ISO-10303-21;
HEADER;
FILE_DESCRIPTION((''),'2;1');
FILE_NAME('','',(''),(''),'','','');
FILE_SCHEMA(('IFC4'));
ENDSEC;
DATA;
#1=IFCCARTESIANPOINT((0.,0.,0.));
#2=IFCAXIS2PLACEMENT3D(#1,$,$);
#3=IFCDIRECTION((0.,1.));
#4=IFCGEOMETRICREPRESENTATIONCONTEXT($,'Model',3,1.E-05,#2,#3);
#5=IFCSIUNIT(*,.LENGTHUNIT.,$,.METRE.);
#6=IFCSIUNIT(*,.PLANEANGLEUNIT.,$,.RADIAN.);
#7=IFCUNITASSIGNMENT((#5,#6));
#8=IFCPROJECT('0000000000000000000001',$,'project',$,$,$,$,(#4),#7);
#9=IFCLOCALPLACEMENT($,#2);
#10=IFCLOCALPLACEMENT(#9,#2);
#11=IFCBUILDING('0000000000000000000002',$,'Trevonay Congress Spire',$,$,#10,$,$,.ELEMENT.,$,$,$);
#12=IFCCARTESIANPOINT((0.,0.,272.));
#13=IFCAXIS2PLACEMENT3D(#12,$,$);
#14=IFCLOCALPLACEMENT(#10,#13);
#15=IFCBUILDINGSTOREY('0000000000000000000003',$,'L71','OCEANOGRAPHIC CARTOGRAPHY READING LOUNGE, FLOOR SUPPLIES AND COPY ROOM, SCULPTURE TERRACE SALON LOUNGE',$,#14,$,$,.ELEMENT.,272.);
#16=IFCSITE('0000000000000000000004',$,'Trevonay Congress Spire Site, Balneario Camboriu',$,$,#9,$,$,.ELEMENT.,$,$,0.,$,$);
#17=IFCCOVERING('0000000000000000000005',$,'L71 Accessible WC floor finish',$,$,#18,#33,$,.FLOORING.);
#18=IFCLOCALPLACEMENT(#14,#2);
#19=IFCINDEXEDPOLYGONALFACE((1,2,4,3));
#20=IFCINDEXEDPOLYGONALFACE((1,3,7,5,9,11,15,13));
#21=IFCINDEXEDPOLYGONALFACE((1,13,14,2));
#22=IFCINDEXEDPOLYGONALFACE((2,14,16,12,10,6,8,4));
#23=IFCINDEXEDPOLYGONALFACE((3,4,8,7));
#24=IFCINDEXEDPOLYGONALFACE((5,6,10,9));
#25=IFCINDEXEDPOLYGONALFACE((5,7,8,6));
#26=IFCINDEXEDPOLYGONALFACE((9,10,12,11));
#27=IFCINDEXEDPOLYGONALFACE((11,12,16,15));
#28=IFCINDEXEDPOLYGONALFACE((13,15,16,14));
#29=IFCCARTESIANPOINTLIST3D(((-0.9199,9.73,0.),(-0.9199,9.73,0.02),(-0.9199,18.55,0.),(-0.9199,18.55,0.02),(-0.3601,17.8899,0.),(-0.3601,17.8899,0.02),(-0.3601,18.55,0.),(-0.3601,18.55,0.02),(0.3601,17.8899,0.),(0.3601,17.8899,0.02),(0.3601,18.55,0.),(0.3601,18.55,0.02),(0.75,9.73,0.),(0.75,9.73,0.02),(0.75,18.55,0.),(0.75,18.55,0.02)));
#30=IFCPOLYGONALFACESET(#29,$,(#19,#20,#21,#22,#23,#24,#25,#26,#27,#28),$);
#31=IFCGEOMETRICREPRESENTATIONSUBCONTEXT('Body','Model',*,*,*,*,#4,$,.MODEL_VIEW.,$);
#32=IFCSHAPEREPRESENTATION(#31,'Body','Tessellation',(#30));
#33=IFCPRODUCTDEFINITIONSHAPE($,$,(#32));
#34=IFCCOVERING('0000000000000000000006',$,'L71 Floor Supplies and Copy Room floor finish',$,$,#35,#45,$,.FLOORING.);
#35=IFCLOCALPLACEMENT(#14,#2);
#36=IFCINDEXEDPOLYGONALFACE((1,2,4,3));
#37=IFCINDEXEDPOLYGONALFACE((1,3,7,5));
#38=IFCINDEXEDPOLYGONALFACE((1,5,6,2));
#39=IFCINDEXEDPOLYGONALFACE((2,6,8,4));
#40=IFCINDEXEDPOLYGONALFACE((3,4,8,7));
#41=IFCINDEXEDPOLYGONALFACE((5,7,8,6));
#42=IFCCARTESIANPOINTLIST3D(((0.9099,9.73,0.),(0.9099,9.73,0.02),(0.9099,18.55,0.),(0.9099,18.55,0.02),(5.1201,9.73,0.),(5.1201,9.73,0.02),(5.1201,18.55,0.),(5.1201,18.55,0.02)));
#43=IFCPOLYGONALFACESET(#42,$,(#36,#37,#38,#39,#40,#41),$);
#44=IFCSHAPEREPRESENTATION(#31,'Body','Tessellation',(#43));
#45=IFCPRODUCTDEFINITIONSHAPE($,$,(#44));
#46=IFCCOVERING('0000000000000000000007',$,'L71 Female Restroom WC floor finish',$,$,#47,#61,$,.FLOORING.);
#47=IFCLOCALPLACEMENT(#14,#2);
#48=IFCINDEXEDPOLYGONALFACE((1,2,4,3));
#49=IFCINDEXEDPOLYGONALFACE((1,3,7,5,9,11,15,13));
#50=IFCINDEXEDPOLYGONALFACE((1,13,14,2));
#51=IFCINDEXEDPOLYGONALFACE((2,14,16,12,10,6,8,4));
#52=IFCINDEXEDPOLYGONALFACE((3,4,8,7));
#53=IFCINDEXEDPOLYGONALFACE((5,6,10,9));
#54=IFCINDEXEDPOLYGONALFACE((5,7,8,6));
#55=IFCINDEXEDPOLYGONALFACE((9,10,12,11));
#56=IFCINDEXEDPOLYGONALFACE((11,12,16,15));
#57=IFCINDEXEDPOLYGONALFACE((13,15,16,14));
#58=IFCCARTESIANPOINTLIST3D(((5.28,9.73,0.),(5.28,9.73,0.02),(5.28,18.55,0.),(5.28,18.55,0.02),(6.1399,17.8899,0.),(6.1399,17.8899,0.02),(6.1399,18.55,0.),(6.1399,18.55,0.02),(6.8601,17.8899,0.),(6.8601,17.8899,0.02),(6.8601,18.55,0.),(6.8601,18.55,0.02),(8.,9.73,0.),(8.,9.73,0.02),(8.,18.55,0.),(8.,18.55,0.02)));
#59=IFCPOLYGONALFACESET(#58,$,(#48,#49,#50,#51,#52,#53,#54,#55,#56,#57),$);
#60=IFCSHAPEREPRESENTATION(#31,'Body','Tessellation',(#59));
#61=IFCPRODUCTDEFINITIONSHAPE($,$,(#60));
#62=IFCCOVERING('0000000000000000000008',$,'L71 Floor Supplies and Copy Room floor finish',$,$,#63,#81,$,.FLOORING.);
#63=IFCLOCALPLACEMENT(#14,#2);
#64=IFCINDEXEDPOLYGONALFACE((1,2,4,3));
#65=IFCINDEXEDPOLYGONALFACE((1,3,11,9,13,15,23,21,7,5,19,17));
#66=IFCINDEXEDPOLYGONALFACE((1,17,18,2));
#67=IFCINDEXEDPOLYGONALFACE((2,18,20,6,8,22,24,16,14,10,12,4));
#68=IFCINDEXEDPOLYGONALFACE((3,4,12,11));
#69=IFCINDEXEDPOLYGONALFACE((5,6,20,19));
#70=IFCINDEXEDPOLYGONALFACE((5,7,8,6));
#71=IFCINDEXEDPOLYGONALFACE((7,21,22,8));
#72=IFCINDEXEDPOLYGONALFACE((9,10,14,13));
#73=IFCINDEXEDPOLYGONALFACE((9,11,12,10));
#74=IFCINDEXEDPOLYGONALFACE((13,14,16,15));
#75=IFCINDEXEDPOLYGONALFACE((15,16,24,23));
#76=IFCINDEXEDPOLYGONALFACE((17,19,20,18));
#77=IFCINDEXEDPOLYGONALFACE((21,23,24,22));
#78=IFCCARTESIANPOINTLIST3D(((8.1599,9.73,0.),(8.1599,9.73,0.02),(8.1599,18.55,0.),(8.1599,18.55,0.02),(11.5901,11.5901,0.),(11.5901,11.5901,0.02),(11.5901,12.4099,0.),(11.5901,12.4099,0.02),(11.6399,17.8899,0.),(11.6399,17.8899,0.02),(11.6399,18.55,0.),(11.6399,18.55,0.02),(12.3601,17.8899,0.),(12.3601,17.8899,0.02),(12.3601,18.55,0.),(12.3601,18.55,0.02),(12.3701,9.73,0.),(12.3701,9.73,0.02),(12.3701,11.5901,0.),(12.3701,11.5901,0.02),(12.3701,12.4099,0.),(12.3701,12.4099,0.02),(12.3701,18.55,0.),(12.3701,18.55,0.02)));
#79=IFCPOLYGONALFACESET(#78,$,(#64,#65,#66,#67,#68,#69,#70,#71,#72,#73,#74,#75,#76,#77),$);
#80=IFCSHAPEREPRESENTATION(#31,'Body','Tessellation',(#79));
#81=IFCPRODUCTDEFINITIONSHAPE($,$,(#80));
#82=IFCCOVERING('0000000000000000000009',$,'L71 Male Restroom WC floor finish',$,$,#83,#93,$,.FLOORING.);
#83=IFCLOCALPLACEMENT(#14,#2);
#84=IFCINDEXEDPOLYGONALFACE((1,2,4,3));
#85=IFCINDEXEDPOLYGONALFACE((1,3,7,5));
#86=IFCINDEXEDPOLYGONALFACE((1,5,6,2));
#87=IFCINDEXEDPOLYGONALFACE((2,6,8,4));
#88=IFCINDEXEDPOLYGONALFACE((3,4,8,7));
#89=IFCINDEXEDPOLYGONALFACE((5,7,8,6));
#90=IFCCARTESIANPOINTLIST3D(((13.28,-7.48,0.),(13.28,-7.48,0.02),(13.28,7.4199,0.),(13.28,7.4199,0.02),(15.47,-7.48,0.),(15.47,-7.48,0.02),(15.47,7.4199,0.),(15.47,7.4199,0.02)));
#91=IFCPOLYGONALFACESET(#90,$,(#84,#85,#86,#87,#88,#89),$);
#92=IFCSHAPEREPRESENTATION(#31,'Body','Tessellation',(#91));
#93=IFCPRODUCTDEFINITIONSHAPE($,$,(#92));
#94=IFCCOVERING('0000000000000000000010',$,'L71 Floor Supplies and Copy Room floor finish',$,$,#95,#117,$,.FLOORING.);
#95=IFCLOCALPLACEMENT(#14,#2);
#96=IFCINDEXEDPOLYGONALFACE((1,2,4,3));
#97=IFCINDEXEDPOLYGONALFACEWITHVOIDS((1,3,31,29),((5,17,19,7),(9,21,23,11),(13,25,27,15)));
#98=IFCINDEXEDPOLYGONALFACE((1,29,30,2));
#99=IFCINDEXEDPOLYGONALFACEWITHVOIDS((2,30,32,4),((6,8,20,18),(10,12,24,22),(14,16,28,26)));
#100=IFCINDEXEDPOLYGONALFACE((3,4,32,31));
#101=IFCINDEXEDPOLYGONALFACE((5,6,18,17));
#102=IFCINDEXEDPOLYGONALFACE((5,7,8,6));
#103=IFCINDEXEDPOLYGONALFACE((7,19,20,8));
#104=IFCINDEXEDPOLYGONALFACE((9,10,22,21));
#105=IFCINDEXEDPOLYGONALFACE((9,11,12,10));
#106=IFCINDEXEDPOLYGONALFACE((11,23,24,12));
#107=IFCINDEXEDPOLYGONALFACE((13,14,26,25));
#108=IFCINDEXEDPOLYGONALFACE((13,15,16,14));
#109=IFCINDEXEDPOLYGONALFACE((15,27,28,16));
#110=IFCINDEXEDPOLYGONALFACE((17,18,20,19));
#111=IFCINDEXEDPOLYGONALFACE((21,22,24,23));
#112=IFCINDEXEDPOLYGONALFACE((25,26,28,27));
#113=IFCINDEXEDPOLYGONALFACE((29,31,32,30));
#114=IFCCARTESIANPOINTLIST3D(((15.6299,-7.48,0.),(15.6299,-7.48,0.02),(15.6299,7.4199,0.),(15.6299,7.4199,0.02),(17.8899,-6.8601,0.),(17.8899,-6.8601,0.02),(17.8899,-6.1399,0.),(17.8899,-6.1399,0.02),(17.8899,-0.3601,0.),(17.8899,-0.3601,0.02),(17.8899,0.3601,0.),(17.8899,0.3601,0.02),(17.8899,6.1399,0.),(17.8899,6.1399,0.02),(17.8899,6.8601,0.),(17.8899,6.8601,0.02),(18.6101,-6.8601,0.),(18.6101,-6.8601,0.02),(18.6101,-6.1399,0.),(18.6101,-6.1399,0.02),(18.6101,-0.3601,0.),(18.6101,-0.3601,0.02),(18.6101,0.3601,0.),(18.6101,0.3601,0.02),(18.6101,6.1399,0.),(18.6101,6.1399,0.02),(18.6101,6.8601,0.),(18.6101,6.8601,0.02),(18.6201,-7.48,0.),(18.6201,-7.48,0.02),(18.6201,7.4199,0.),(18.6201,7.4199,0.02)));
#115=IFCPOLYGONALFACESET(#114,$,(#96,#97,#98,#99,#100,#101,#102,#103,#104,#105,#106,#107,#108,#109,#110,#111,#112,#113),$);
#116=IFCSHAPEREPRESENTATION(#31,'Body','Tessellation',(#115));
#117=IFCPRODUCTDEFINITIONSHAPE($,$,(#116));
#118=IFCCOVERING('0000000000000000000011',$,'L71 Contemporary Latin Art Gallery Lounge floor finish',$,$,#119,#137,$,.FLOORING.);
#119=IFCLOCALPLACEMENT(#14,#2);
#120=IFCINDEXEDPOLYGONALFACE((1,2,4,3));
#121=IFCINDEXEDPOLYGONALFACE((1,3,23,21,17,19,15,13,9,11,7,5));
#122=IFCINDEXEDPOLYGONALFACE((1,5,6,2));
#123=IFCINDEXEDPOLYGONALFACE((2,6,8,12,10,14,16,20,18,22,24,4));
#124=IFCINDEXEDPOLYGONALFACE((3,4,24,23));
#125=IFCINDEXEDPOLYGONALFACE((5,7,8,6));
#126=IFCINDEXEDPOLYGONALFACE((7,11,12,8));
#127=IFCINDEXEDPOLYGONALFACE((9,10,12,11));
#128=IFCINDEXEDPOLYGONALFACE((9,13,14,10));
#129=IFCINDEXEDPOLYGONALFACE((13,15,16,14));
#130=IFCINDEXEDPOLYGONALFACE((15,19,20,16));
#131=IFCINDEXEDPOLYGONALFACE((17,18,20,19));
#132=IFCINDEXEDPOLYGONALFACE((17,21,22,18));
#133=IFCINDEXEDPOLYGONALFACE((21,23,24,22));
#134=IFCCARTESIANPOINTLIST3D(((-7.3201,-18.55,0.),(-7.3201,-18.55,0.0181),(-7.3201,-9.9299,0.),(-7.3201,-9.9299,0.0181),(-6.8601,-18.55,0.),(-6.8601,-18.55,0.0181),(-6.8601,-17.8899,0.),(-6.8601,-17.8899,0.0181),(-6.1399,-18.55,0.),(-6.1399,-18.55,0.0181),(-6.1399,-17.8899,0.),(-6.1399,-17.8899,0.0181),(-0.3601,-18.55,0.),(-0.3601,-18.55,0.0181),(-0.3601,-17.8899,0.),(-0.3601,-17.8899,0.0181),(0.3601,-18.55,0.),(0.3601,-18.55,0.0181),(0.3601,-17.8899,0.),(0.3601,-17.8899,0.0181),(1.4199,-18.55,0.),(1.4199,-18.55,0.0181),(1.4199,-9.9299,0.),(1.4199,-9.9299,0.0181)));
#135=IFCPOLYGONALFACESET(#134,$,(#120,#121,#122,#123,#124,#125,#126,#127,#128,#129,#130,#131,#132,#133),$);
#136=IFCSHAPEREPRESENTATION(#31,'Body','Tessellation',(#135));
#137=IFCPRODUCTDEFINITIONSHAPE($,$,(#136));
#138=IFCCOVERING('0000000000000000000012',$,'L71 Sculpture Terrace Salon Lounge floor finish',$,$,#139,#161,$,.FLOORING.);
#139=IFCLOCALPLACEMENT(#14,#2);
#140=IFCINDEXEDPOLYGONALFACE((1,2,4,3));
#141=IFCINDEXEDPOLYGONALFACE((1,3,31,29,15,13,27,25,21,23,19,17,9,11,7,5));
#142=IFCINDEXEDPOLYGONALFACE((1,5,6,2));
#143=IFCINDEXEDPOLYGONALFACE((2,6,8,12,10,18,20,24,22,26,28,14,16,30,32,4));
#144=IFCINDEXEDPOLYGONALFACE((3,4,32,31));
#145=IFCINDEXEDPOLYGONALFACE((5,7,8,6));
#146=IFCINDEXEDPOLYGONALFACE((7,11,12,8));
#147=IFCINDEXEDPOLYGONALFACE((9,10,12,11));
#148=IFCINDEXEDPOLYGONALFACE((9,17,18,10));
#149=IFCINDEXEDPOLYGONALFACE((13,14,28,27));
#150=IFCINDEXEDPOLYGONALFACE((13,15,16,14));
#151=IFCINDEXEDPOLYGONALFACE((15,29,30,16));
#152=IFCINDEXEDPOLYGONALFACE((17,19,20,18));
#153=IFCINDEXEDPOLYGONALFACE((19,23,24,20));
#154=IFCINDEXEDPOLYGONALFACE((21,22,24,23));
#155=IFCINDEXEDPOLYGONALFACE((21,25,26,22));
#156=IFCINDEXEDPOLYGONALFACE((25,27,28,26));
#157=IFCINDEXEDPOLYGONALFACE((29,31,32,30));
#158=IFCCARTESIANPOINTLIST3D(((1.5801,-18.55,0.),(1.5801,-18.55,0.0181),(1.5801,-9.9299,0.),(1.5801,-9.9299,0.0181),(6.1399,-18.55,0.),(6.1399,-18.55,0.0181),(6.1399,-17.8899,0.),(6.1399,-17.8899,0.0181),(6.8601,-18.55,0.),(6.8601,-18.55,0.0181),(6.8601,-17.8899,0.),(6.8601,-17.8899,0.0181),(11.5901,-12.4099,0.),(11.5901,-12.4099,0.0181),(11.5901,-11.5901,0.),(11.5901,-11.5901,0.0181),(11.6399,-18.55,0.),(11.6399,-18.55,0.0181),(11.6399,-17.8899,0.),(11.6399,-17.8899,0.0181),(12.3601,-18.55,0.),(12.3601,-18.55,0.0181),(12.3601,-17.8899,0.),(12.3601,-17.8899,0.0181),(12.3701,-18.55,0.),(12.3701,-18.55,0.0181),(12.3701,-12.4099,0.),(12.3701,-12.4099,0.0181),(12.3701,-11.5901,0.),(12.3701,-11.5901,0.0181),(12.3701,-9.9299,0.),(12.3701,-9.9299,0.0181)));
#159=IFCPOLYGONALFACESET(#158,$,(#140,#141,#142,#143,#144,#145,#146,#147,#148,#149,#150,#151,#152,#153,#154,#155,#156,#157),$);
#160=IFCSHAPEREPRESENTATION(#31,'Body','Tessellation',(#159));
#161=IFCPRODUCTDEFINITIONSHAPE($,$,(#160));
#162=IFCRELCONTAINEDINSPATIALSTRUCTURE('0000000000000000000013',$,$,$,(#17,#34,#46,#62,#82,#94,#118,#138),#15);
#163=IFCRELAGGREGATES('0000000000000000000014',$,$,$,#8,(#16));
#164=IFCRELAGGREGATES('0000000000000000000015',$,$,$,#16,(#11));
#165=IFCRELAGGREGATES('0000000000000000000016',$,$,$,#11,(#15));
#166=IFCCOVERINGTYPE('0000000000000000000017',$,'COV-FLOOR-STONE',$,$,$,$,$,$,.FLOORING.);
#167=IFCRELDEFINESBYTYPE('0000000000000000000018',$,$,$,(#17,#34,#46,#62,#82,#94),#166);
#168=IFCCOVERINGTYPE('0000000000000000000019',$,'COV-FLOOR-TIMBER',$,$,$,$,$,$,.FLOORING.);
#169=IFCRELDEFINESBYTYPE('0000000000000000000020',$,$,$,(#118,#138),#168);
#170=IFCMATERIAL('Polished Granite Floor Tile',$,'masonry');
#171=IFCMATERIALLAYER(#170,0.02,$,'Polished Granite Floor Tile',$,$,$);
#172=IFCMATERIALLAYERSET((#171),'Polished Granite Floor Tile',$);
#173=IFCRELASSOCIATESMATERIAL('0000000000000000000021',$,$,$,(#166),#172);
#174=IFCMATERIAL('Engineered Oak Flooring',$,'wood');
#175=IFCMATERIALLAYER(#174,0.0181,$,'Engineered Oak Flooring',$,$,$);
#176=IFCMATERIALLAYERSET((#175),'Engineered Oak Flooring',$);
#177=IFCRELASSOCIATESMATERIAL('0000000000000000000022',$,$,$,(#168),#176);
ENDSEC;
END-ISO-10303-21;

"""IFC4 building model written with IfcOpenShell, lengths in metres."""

from ifc_helpers import new_model, si_unit, direction, frame, origin, place, context, subcontext, project, spatial, polyline, outline, extrude, material, layer, layer_set, type_object, element, save


model = new_model("IFC4")

# Units and contexts
model_context = context("Model", 3, precision=1e-05, world=origin(), true_north=direction((0.0, 1.0)))
body_context = subcontext(model_context, "Body", "Model", "MODEL_VIEW")
ifc_project = project(units=[si_unit("LENGTHUNIT", "METRE"), si_unit("PLANEANGLEUNIT", "RADIAN")], contexts=[model_context])

# Site, building, storey
site_placement = place(None, origin())
site = spatial("IfcSite", under=ifc_project, at=site_placement, Name="Trevonay Congress Spire Site, Balneario Camboriu", CompositionType="ELEMENT", RefElevation=0.0)
building_placement = place(site_placement, origin())
building = spatial("IfcBuilding", under=site, at=building_placement, Name="Trevonay Congress Spire", CompositionType="ELEMENT")
storey_placement = place(building_placement, frame((0.0, 0.0, 272.0)))
storey = spatial("IfcBuildingStorey", under=building, at=storey_placement, Name="L71", Description="OCEANOGRAPHIC CARTOGRAPHY READING LOUNGE, FLOOR SUPPLIES AND COPY ROOM, SCULPTURE TERRACE SALON LOUNGE", CompositionType="ELEMENT", Elevation=272.0)

# Coverings
ifc_material_1 = material(Name="Polished Granite Floor Tile", Category="masonry")
ifc_layer_1 = layer(ifc_material_1, 0.02, Name="Polished Granite Floor Tile")
ifc_layer_set_1 = layer_set([ifc_layer_1], Name="Polished Granite Floor Tile")
covering_type_1 = type_object("IfcCoveringType", Name="COV-FLOOR-STONE", PredefinedType="FLOORING", material=ifc_layer_set_1)
covering_1_placement = place(storey_placement, origin())
element("IfcCovering", 1, at=covering_1_placement, inside=storey, type_object=covering_type_1, Name="L71 Accessible WC floor finish", PredefinedType="FLOORING", context=body_context, shape_type="SweptSolid", body=[
    extrude(outline(polyline([(0.75, 18.55), (0.75, 9.73), (-0.9199, 9.73), (-0.9199, 18.55), (-0.3601, 18.55), (-0.3601, 17.8899), (0.3601, 17.8899), (0.3601, 18.55), (0.75, 18.55)])), origin(), (0.0, 0.0, 1.0), 0.02),
])
covering_2_placement = place(storey_placement, origin())
element("IfcCovering", 2, at=covering_2_placement, inside=storey, type_object=covering_type_1, Name="L71 Floor Supplies and Copy Room floor finish", PredefinedType="FLOORING", context=body_context, shape_type="SweptSolid", body=[
    extrude(outline(polyline([(0.9099, 9.73), (5.1201, 9.73), (5.1201, 18.55), (0.9099, 18.55), (0.9099, 9.73)])), origin(), (0.0, 0.0, 1.0), 0.02),
])
covering_3_placement = place(storey_placement, origin())
element("IfcCovering", 3, at=covering_3_placement, inside=storey, type_object=covering_type_1, Name="L71 Female Restroom WC floor finish", PredefinedType="FLOORING", context=body_context, shape_type="SweptSolid", body=[
    extrude(outline(polyline([(8.0, 18.55), (8.0, 9.73), (5.28, 9.73), (5.28, 18.55), (6.1399, 18.55), (6.1399, 17.8899), (6.8601, 17.8899), (6.8601, 18.55), (8.0, 18.55)])), origin(), (0.0, 0.0, 1.0), 0.02),
])
covering_4_placement = place(storey_placement, origin())
element("IfcCovering", 4, at=covering_4_placement, inside=storey, type_object=covering_type_1, Name="L71 Floor Supplies and Copy Room floor finish", PredefinedType="FLOORING", context=body_context, shape_type="SweptSolid", body=[
    extrude(outline(polyline([(12.3701, 9.73), (8.1599, 9.73), (8.1599, 18.55), (11.6399, 18.55), (11.6399, 17.8899), (12.3601, 17.8899), (12.3601, 18.55), (12.3701, 18.55), (12.3701, 12.4099), (11.5901, 12.4099), (11.5901, 11.5901), (12.3701, 11.5901), (12.3701, 9.73)])), origin(), (0.0, 0.0, 1.0), 0.02),
])
covering_5_placement = place(storey_placement, origin())
element("IfcCovering", 5, at=covering_5_placement, inside=storey, type_object=covering_type_1, Name="L71 Male Restroom WC floor finish", PredefinedType="FLOORING", context=body_context, shape_type="SweptSolid", body=[
    extrude(outline(polyline([(13.28, -7.48), (15.47, -7.48), (15.47, 7.4199), (13.28, 7.4199), (13.28, -7.48)])), origin(), (0.0, 0.0, 1.0), 0.02),
])
covering_6_placement = place(storey_placement, origin())
element("IfcCovering", 6, at=covering_6_placement, inside=storey, type_object=covering_type_1, Name="L71 Floor Supplies and Copy Room floor finish", PredefinedType="FLOORING", context=body_context, shape_type="SweptSolid", body=[
    extrude(outline(polyline([(15.6299, 7.4199), (18.6201, 7.4199), (18.6201, -7.48), (15.6299, -7.48), (15.6299, 7.4199)]), holes=[polyline([(17.8899, -6.8601), (18.6101, -6.8601), (18.6101, -6.1399), (17.8899, -6.1399), (17.8899, -6.8601)]), polyline([(17.8899, 0.3601), (17.8899, -0.3601), (18.6101, -0.3601), (18.6101, 0.3601), (17.8899, 0.3601)]), polyline([(17.8899, 6.8601), (17.8899, 6.1399), (18.6101, 6.1399), (18.6101, 6.8601), (17.8899, 6.8601)])]), origin(), (0.0, 0.0, 1.0), 0.02),
])
ifc_material_2 = material(Name="Engineered Oak Flooring", Category="wood")
ifc_layer_2 = layer(ifc_material_2, 0.0181, Name="Engineered Oak Flooring")
ifc_layer_set_2 = layer_set([ifc_layer_2], Name="Engineered Oak Flooring")
covering_type_2 = type_object("IfcCoveringType", Name="COV-FLOOR-TIMBER", PredefinedType="FLOORING", material=ifc_layer_set_2)
covering_7_placement = place(storey_placement, origin())
element("IfcCovering", 7, at=covering_7_placement, inside=storey, type_object=covering_type_2, Name="L71 Contemporary Latin Art Gallery Lounge floor finish", PredefinedType="FLOORING", context=body_context, shape_type="SweptSolid", body=[
    extrude(outline(polyline([(-7.3201, -18.55), (-7.3201, -9.9299), (1.4199, -9.9299), (1.4199, -18.55), (0.3601, -18.55), (0.3601, -17.8899), (-0.3601, -17.8899), (-0.3601, -18.55), (-6.1399, -18.55), (-6.1399, -17.8899), (-6.8601, -17.8899), (-6.8601, -18.55), (-7.3201, -18.55)])), origin(), (0.0, 0.0, 1.0), 0.0181),
])
covering_8_placement = place(storey_placement, origin())
element("IfcCovering", 8, at=covering_8_placement, inside=storey, type_object=covering_type_2, Name="L71 Sculpture Terrace Salon Lounge floor finish", PredefinedType="FLOORING", context=body_context, shape_type="SweptSolid", body=[
    extrude(outline(polyline([(1.5801, -18.55), (1.5801, -9.9299), (12.3701, -9.9299), (12.3701, -11.5901), (11.5901, -11.5901), (11.5901, -12.4099), (12.3701, -12.4099), (12.3701, -18.55), (12.3601, -18.55), (12.3601, -17.8899), (11.6399, -17.8899), (11.6399, -18.55), (6.8601, -18.55), (6.8601, -17.8899), (6.1399, -17.8899), (6.1399, -18.55), (1.5801, -18.55)])), origin(), (0.0, 0.0, 1.0), 0.0181),
])

save(model, "model.ifc")
